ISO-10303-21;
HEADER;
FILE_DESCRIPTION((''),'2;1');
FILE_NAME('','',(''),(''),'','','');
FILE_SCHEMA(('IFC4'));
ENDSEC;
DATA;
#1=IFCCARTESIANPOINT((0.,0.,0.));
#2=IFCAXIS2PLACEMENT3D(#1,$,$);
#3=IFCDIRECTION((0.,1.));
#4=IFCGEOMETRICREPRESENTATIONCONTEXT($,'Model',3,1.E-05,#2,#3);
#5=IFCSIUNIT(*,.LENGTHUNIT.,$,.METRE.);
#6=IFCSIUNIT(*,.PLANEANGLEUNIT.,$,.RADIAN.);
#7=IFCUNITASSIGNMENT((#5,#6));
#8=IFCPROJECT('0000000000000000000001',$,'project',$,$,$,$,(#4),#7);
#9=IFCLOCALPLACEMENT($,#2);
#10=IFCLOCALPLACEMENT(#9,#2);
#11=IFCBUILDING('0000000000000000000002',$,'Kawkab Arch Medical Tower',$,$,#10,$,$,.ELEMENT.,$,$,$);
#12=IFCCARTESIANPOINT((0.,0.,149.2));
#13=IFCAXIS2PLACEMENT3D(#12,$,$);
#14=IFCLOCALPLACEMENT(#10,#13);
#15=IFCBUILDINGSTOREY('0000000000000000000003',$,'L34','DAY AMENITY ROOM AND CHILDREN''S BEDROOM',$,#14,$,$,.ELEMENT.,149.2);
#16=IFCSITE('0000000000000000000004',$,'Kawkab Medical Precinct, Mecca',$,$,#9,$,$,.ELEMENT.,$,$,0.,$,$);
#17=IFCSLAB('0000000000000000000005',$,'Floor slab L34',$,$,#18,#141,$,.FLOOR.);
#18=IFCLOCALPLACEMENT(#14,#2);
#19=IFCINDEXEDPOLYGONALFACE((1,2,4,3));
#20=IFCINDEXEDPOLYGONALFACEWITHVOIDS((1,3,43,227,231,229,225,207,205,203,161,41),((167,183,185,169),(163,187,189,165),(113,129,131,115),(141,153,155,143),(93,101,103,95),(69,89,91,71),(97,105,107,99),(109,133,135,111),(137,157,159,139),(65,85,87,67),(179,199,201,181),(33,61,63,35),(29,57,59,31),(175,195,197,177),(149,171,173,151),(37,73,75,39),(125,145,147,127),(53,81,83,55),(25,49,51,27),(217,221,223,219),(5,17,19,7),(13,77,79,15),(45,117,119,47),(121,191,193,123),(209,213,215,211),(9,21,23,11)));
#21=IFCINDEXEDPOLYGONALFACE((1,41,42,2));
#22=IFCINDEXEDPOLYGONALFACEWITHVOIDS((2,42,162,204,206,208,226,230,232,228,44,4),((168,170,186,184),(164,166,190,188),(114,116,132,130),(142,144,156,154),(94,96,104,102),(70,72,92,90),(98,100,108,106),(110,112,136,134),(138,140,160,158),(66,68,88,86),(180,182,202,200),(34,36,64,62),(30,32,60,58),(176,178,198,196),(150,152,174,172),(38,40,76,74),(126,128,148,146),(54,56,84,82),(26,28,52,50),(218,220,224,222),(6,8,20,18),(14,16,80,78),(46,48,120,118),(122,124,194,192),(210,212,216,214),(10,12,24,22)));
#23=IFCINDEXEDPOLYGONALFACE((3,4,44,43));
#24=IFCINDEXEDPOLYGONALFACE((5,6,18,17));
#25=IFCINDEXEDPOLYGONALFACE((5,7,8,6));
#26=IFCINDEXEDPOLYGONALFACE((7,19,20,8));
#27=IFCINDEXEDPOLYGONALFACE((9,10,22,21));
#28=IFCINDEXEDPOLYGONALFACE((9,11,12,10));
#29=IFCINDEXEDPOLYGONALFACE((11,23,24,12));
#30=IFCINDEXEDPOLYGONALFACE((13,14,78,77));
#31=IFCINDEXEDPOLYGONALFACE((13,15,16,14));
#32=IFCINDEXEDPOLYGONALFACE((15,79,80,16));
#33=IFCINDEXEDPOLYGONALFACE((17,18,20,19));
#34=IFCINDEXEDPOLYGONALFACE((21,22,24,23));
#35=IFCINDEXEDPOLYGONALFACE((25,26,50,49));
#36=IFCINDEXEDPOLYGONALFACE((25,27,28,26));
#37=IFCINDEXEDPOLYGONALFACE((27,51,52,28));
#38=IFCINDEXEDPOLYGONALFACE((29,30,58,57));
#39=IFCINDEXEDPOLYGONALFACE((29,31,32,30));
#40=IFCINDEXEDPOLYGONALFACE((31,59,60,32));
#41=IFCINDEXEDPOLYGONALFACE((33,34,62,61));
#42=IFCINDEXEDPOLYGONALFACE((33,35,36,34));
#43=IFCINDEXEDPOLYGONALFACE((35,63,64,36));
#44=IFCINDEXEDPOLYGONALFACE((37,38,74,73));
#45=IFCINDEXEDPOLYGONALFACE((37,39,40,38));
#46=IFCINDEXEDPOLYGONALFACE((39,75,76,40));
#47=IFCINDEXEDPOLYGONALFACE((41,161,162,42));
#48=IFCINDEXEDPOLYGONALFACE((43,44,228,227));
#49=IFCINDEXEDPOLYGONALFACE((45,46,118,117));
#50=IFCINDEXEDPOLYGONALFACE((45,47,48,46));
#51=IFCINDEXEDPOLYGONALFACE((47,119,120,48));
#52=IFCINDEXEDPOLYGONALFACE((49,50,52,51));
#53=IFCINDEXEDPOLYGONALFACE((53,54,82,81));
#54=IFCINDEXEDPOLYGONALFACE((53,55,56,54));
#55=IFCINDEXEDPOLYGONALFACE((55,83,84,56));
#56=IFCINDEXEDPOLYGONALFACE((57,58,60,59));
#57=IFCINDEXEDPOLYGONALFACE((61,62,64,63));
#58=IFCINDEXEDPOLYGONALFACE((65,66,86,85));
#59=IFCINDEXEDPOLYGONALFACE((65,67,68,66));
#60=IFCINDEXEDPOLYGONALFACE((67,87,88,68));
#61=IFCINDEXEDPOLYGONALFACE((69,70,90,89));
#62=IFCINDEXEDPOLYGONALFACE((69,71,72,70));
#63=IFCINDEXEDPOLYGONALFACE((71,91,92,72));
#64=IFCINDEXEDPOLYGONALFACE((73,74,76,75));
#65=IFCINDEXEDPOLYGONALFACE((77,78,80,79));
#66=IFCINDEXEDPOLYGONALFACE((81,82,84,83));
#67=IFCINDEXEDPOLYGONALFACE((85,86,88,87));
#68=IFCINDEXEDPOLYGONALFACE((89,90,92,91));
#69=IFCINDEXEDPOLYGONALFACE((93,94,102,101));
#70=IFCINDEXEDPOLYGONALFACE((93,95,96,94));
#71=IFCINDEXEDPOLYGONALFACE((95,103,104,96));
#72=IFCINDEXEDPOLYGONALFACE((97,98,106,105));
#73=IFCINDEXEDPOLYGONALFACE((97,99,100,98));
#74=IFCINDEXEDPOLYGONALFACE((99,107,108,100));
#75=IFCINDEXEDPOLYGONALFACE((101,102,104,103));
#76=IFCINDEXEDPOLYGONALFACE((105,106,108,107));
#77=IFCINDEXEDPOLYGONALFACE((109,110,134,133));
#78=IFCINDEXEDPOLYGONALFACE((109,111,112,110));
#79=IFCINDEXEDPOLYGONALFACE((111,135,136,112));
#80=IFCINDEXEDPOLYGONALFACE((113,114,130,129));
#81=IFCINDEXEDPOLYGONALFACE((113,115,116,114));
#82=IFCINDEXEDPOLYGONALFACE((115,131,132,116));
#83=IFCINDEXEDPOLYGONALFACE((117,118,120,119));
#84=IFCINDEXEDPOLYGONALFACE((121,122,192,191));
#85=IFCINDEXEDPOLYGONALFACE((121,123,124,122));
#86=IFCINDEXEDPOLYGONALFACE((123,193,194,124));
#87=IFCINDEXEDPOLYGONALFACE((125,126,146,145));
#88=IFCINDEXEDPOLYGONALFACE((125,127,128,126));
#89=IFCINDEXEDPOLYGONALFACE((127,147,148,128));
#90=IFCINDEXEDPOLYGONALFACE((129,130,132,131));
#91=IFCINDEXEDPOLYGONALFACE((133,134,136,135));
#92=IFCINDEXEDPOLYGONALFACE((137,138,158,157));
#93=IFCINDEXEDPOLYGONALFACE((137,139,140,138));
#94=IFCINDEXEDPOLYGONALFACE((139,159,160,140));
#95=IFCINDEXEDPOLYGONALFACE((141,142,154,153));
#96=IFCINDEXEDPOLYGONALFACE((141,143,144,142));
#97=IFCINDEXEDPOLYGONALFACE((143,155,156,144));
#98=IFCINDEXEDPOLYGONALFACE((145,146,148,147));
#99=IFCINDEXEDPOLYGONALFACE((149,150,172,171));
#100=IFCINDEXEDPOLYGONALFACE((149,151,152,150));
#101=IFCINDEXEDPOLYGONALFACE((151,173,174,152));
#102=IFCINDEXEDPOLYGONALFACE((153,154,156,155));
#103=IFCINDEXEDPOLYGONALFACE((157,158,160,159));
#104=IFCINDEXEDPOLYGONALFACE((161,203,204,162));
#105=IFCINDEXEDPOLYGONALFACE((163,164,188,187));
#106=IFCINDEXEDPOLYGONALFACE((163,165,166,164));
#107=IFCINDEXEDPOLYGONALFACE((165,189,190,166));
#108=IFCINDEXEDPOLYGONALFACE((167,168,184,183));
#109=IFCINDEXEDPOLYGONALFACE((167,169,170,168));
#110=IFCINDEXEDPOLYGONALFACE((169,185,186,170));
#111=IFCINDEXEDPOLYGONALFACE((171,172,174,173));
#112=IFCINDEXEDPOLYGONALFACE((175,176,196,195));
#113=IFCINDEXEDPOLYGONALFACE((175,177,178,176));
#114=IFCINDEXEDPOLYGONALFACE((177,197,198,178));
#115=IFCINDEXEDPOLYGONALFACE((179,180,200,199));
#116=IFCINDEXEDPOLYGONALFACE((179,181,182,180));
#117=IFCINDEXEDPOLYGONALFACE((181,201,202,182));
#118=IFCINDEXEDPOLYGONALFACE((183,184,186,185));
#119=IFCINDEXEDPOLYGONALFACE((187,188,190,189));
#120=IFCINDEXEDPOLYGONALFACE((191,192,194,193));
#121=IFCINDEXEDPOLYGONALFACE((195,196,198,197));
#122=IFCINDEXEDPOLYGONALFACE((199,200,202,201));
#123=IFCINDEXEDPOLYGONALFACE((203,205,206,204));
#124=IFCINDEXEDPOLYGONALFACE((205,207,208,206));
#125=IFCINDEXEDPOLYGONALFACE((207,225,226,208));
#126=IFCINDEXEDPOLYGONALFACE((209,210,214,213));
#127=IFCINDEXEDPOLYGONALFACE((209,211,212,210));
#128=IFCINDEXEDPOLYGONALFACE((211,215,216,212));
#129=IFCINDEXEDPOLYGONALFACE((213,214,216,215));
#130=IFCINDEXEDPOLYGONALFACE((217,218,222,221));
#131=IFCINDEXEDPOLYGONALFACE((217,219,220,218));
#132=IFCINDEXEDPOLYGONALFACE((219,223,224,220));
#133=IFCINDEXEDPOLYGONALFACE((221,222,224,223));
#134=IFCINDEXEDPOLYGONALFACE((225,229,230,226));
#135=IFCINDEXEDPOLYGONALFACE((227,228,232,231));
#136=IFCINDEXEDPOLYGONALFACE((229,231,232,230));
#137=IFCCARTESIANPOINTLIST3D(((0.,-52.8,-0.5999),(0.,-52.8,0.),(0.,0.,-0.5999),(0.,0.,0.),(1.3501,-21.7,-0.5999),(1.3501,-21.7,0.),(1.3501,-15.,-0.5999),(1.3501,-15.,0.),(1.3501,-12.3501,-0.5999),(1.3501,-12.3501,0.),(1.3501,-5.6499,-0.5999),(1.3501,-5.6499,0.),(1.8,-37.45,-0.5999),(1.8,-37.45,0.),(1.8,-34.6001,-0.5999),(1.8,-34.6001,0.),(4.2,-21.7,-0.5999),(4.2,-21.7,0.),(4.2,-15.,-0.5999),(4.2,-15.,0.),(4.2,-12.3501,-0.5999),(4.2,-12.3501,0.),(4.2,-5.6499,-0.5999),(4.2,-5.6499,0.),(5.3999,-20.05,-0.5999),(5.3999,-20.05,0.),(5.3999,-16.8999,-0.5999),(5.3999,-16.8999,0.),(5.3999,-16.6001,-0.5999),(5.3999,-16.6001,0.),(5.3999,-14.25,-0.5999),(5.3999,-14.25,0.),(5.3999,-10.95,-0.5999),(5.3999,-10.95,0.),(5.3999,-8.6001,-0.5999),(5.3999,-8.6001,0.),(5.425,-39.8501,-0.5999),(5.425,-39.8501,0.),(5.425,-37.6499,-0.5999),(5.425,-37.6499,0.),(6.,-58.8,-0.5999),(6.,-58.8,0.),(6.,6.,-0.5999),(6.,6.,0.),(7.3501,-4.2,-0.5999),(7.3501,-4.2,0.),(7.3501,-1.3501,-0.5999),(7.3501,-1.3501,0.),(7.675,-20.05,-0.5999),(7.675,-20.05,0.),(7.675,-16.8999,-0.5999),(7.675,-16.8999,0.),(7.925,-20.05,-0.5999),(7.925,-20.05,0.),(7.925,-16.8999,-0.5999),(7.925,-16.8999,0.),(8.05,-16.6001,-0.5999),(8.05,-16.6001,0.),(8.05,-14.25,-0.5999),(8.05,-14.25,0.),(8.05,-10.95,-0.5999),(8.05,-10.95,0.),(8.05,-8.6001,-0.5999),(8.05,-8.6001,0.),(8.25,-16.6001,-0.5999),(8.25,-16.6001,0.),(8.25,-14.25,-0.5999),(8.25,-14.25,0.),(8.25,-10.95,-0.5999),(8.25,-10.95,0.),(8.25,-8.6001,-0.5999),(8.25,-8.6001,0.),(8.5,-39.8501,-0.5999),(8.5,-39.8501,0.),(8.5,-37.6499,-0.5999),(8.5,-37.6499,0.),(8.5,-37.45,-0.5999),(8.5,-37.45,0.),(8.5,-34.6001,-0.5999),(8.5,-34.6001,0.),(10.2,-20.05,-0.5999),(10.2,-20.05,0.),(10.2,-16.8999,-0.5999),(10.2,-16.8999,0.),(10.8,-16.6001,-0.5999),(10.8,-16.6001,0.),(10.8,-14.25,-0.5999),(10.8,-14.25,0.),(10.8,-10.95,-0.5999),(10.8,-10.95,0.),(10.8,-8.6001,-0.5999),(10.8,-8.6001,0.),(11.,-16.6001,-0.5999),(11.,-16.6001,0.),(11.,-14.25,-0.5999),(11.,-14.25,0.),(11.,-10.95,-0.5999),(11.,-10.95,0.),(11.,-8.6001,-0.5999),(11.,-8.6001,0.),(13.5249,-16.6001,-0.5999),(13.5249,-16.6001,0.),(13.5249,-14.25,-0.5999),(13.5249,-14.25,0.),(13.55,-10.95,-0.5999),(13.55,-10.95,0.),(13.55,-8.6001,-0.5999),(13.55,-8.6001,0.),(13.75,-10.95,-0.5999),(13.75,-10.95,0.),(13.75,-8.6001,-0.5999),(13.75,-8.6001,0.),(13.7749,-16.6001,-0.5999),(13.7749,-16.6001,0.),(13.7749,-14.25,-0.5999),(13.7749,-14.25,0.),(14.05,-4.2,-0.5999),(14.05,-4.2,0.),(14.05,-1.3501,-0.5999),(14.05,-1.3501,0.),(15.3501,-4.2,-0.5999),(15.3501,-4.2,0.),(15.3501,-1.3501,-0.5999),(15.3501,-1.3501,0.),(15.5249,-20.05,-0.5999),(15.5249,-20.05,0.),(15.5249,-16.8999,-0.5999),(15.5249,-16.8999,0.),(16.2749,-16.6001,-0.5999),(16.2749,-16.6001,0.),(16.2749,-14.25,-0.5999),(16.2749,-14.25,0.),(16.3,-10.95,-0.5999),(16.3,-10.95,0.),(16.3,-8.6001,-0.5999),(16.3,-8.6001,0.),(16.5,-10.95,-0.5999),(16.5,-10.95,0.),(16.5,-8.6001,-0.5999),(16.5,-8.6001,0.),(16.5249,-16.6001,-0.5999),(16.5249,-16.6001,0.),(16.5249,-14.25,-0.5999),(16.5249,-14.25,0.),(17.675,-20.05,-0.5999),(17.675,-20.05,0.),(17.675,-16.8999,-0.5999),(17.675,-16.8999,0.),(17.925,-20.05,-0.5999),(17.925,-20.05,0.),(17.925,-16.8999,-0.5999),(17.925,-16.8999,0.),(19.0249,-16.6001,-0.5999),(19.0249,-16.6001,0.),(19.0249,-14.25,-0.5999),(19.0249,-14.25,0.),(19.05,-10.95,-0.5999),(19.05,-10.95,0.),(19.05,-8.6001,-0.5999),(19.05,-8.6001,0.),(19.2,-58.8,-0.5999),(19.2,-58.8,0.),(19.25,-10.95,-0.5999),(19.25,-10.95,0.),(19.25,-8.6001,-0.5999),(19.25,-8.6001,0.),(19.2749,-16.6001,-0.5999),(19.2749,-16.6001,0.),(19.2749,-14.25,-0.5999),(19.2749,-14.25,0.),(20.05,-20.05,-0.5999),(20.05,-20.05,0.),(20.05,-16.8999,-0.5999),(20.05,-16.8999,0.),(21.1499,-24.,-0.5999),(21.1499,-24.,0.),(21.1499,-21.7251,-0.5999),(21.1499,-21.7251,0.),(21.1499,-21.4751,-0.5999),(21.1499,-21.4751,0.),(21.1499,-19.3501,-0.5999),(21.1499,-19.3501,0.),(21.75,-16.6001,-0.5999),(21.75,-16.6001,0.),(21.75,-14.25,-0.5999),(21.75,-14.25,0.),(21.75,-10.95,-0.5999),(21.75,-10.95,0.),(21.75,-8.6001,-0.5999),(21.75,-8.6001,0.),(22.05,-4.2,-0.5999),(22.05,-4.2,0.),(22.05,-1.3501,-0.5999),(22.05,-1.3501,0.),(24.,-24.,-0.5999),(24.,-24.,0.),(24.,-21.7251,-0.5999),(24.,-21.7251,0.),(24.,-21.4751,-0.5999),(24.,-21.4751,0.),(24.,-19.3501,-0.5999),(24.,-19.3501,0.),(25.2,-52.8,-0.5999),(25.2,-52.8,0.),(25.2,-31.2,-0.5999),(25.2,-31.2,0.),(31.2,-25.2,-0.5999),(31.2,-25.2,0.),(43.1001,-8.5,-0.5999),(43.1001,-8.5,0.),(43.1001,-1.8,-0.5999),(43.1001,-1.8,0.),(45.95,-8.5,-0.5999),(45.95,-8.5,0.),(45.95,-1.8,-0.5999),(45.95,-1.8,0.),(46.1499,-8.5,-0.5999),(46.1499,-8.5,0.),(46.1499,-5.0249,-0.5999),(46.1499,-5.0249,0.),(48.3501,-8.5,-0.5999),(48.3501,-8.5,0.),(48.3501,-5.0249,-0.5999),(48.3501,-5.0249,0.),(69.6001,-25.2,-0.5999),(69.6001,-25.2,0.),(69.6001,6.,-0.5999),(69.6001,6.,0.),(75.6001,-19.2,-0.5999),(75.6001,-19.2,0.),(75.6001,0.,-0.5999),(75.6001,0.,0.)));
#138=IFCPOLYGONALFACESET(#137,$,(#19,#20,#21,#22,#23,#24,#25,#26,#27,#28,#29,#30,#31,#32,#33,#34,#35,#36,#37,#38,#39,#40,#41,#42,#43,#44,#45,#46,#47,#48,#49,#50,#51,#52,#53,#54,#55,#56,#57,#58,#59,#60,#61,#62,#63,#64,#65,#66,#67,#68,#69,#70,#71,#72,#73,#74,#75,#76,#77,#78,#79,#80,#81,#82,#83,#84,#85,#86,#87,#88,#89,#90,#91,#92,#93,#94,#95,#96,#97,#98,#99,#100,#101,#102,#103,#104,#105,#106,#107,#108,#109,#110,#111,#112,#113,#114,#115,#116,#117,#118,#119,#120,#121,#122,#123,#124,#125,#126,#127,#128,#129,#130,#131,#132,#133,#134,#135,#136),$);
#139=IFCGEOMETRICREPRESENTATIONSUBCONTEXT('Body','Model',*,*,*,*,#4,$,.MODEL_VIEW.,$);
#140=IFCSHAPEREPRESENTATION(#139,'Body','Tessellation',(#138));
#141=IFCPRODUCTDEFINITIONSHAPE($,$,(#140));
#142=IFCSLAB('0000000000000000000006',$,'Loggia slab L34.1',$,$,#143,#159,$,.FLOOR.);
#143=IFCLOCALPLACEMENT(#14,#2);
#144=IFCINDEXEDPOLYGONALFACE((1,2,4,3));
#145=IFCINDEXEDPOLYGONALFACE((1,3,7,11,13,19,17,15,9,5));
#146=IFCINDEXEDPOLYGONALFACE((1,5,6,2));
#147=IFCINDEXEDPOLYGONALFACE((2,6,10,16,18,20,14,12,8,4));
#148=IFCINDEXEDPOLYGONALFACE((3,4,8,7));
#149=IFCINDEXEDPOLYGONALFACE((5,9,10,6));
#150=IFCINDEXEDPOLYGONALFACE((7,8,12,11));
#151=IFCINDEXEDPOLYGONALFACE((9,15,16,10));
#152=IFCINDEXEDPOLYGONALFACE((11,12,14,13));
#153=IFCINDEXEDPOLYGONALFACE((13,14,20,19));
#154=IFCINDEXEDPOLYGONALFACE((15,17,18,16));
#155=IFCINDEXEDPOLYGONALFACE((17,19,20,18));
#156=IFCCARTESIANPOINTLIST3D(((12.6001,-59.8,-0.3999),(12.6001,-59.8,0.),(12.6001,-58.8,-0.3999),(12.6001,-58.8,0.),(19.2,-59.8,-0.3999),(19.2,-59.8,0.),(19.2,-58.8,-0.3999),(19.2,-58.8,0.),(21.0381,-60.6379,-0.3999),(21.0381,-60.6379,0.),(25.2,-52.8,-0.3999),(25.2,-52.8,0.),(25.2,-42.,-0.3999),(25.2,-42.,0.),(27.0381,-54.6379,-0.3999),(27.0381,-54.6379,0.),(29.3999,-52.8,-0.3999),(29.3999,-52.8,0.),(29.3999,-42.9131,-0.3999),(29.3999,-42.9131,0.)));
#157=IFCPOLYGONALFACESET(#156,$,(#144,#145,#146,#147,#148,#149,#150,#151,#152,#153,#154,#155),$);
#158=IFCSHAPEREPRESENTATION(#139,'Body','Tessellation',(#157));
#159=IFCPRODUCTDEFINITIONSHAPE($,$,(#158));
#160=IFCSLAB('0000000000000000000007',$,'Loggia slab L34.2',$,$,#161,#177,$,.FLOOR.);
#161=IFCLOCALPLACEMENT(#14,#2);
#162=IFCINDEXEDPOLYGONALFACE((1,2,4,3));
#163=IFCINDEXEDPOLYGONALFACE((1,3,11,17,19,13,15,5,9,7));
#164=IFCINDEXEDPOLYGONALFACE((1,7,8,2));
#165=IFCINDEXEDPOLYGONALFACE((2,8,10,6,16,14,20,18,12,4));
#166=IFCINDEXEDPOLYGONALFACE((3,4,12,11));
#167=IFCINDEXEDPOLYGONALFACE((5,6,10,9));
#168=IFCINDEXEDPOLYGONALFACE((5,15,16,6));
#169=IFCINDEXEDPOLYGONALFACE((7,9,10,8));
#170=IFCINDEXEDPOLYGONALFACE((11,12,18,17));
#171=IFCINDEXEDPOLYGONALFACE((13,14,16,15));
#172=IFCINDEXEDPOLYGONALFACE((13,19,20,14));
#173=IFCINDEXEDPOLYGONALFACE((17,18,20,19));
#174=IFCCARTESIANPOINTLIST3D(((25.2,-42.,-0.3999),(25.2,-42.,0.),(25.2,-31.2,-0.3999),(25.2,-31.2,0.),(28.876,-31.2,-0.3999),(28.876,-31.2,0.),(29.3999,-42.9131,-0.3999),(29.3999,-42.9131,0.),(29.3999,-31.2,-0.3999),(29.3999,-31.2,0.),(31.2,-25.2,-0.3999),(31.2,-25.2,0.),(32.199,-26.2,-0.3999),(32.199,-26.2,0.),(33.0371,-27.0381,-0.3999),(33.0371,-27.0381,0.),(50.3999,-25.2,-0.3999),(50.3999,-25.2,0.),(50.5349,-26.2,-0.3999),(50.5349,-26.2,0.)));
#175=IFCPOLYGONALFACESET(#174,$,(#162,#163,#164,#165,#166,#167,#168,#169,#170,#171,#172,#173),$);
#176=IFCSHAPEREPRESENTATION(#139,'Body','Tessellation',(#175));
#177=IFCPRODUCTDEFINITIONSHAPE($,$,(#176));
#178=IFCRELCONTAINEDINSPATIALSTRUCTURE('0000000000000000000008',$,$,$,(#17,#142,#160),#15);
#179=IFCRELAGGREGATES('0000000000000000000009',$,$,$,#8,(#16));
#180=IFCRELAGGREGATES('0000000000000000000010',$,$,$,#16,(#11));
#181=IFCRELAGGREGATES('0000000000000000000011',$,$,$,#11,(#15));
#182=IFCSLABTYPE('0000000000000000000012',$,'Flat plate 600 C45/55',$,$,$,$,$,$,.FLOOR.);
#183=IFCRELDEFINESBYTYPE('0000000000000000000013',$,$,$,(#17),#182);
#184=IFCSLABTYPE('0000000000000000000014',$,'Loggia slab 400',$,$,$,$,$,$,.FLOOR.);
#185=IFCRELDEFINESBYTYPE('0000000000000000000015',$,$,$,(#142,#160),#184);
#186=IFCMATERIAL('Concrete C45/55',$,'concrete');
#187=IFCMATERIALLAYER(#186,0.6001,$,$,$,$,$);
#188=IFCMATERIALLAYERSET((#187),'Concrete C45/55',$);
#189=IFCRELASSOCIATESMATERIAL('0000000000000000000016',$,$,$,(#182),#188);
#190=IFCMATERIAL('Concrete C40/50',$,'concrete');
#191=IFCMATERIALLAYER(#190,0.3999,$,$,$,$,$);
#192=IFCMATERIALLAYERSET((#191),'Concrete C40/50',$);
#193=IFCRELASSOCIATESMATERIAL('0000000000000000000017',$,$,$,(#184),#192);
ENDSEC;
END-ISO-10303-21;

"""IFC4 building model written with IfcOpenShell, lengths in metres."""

from ifc_helpers import new_model, si_unit, direction, frame, origin, place, context, subcontext, project, spatial, polyline, outline, extrude, material, layer, layer_set, type_object, element, save


model = new_model("IFC4")

# Units and contexts
model_context = context("Model", 3, precision=1e-05, world=origin(), true_north=direction((0.0, 1.0)))
body_context = subcontext(model_context, "Body", "Model", "MODEL_VIEW")
ifc_project = project(units=[si_unit("LENGTHUNIT", "METRE"), si_unit("PLANEANGLEUNIT", "RADIAN")], contexts=[model_context])

# Site, building, storey
site_placement = place(None, origin())
site = spatial("IfcSite", under=ifc_project, at=site_placement, Name="Kawkab Medical Precinct, Mecca", CompositionType="ELEMENT", RefElevation=0.0)
building_placement = place(site_placement, origin())
building = spatial("IfcBuilding", under=site, at=building_placement, Name="Kawkab Arch Medical Tower", CompositionType="ELEMENT")
storey_placement = place(building_placement, frame((0.0, 0.0, 149.2)))
storey = spatial("IfcBuildingStorey", under=building, at=storey_placement, Name="L34", Description="DAY AMENITY ROOM AND CHILDREN'S BEDROOM", CompositionType="ELEMENT", Elevation=149.2)

# Slabs
ifc_material_1 = material(Name="Concrete C45/55", Category="concrete")
ifc_layer_1 = layer(ifc_material_1, 0.6001)
ifc_layer_set_1 = layer_set([ifc_layer_1], Name="Concrete C45/55")
slab_type_1 = type_object("IfcSlabType", Name="Flat plate 600 C45/55", PredefinedType="FLOOR", material=ifc_layer_set_1)
slab_1_placement = place(storey_placement, frame((0.0, 0.0, -0.5999)))
element("IfcSlab", 1, at=slab_1_placement, inside=storey, type_object=slab_type_1, Name="Floor slab L34", PredefinedType="FLOOR", context=body_context, shape_type="SweptSolid", body=[
    extrude(outline(polyline([(6.0, 6.0), (69.6001, 6.0), (75.6001, 0.0), (75.6001, -19.2), (69.6001, -25.2), (31.2, -25.2), (25.2, -31.2), (25.2, -52.8), (19.2, -58.8), (6.0, -58.8), (0.0, -52.8), (0.0, 0.0), (6.0, 6.0)]), holes=[polyline([(5.425, -37.6499), (5.425, -39.8501), (8.5, -39.8501), (8.5, -37.6499), (5.425, -37.6499)]), polyline([(1.8, -37.45), (8.5, -37.45), (8.5, -34.6001), (1.8, -34.6001), (1.8, -37.45)]), polyline([(5.3999, -16.8999), (5.3999, -20.05), (7.675, -20.05), (7.675, -16.8999), (5.3999, -16.8999)]), polyline([(10.2, -16.8999), (7.925, -16.8999), (7.925, -20.05), (10.2, -20.05), (10.2, -16.8999)]), polyline([(4.2, -21.7), (4.2, -15.0), (1.3501, -15.0), (1.3501, -21.7), (4.2, -21.7)]), polyline([(5.3999, -14.25), (5.3999, -16.6001), (8.05, -16.6001), (8.05, -14.25), (5.3999, -14.25)]), polyline([(10.8, -14.25), (8.25, -14.25), (8.25, -16.6001), (10.8, -16.6001), (10.8, -14.25)]), polyline([(11.0, -14.25), (11.0, -16.6001), (13.5249, -16.6001), (13.5249, -14.25), (11.0, -14.25)]), polyline([(5.3999, -8.6001), (5.3999, -10.95), (8.05, -10.95), (8.05, -8.6001), (5.3999, -8.6001)]), polyline([(10.8, -8.6001), (8.25, -8.6001), (8.25, -10.95), (10.8, -10.95), (10.8, -8.6001)]), polyline([(11.0, -10.95), (13.55, -10.95), (13.55, -8.6001), (11.0, -8.6001), (11.0, -10.95)]), polyline([(4.2, -12.3501), (4.2, -5.6499), (1.3501, -5.6499), (1.3501, -12.3501), (4.2, -12.3501)]), polyline([(7.3501, -4.2), (14.05, -4.2), (14.05, -1.3501), (7.3501, -1.3501), (7.3501, -4.2)]), polyline([(24.0, -21.7251), (21.1499, -21.7251), (21.1499, -24.0), (24.0, -24.0), (24.0, -21.7251)]), polyline([(24.0, -21.4751), (24.0, -19.3501), (21.1499, -19.3501), (21.1499, -21.4751), (24.0, -21.4751)]), polyline([(15.5249, -16.8999), (15.5249, -20.05), (17.675, -20.05), (17.675, -16.8999), (15.5249, -16.8999)]), polyline([(17.925, -20.05), (20.05, -20.05), (20.05, -16.8999), (17.925, -16.8999), (17.925, -20.05)]), polyline([(16.2749, -14.25), (13.7749, -14.25), (13.7749, -16.6001), (16.2749, -16.6001), (16.2749, -14.25)]), polyline([(19.0249, -14.25), (16.5249, -14.25), (16.5249, -16.6001), (19.0249, -16.6001), (19.0249, -14.25)]), polyline([(19.2749, -16.6001), (21.75, -16.6001), (21.75, -14.25), (19.2749, -14.25), (19.2749, -16.6001)]), polyline([(13.75, -8.6001), (13.75, -10.95), (16.3, -10.95), (16.3, -8.6001), (13.75, -8.6001)]), polyline([(16.5, -8.6001), (16.5, -10.95), (19.05, -10.95), (19.05, -8.6001), (16.5, -8.6001)]), polyline([(19.25, -10.95), (21.75, -10.95), (21.75, -8.6001), (19.25, -8.6001), (19.25, -10.95)]), polyline([(46.1499, -5.0249), (46.1499, -8.5), (48.3501, -8.5), (48.3501, -5.0249), (46.1499, -5.0249)]), polyline([(43.1001, -1.8), (43.1001, -8.5), (45.95, -8.5), (45.95, -1.8), (43.1001, -1.8)]), polyline([(22.05, -1.3501), (15.3501, -1.3501), (15.3501, -4.2), (22.05, -4.2), (22.05, -1.3501)])]), origin(), (0.0, 0.0, 1.0), 0.5999),
])
ifc_material_2 = material(Name="Concrete C40/50", Category="concrete")
ifc_layer_2 = layer(ifc_material_2, 0.3999)
ifc_layer_set_2 = layer_set([ifc_layer_2], Name="Concrete C40/50")
slab_type_2 = type_object("IfcSlabType", Name="Loggia slab 400", PredefinedType="FLOOR", material=ifc_layer_set_2)
placement_1 = place(storey_placement, frame((0.0, 0.0, -0.3999)))
element("IfcSlab", 2, at=placement_1, inside=storey, type_object=slab_type_2, Name="Loggia slab L34.1", PredefinedType="FLOOR", context=body_context, shape_type="SweptSolid", body=[
    extrude(outline(polyline([(19.2, -59.8), (12.6001, -59.8), (12.6001, -58.8), (19.2, -58.8), (25.2, -52.8), (25.2, -42.0), (29.3999, -42.9131), (29.3999, -52.8), (27.0381, -54.6379), (21.0381, -60.6379), (19.2, -59.8)])), origin(), (0.0, 0.0, 1.0), 0.3999),
])
element("IfcSlab", 3, at=placement_1, inside=storey, type_object=slab_type_2, Name="Loggia slab L34.2", PredefinedType="FLOOR", context=body_context, shape_type="SweptSolid", body=[
    extrude(outline(polyline([(33.0371, -27.0381), (28.876, -31.2), (29.3999, -31.2), (29.3999, -42.9131), (25.2, -42.0), (25.2, -31.2), (31.2, -25.2), (50.3999, -25.2), (50.5349, -26.2), (32.199, -26.2), (33.0371, -27.0381)])), origin(), (0.0, 0.0, 1.0), 0.3999),
])

save(model, "model.ifc")
